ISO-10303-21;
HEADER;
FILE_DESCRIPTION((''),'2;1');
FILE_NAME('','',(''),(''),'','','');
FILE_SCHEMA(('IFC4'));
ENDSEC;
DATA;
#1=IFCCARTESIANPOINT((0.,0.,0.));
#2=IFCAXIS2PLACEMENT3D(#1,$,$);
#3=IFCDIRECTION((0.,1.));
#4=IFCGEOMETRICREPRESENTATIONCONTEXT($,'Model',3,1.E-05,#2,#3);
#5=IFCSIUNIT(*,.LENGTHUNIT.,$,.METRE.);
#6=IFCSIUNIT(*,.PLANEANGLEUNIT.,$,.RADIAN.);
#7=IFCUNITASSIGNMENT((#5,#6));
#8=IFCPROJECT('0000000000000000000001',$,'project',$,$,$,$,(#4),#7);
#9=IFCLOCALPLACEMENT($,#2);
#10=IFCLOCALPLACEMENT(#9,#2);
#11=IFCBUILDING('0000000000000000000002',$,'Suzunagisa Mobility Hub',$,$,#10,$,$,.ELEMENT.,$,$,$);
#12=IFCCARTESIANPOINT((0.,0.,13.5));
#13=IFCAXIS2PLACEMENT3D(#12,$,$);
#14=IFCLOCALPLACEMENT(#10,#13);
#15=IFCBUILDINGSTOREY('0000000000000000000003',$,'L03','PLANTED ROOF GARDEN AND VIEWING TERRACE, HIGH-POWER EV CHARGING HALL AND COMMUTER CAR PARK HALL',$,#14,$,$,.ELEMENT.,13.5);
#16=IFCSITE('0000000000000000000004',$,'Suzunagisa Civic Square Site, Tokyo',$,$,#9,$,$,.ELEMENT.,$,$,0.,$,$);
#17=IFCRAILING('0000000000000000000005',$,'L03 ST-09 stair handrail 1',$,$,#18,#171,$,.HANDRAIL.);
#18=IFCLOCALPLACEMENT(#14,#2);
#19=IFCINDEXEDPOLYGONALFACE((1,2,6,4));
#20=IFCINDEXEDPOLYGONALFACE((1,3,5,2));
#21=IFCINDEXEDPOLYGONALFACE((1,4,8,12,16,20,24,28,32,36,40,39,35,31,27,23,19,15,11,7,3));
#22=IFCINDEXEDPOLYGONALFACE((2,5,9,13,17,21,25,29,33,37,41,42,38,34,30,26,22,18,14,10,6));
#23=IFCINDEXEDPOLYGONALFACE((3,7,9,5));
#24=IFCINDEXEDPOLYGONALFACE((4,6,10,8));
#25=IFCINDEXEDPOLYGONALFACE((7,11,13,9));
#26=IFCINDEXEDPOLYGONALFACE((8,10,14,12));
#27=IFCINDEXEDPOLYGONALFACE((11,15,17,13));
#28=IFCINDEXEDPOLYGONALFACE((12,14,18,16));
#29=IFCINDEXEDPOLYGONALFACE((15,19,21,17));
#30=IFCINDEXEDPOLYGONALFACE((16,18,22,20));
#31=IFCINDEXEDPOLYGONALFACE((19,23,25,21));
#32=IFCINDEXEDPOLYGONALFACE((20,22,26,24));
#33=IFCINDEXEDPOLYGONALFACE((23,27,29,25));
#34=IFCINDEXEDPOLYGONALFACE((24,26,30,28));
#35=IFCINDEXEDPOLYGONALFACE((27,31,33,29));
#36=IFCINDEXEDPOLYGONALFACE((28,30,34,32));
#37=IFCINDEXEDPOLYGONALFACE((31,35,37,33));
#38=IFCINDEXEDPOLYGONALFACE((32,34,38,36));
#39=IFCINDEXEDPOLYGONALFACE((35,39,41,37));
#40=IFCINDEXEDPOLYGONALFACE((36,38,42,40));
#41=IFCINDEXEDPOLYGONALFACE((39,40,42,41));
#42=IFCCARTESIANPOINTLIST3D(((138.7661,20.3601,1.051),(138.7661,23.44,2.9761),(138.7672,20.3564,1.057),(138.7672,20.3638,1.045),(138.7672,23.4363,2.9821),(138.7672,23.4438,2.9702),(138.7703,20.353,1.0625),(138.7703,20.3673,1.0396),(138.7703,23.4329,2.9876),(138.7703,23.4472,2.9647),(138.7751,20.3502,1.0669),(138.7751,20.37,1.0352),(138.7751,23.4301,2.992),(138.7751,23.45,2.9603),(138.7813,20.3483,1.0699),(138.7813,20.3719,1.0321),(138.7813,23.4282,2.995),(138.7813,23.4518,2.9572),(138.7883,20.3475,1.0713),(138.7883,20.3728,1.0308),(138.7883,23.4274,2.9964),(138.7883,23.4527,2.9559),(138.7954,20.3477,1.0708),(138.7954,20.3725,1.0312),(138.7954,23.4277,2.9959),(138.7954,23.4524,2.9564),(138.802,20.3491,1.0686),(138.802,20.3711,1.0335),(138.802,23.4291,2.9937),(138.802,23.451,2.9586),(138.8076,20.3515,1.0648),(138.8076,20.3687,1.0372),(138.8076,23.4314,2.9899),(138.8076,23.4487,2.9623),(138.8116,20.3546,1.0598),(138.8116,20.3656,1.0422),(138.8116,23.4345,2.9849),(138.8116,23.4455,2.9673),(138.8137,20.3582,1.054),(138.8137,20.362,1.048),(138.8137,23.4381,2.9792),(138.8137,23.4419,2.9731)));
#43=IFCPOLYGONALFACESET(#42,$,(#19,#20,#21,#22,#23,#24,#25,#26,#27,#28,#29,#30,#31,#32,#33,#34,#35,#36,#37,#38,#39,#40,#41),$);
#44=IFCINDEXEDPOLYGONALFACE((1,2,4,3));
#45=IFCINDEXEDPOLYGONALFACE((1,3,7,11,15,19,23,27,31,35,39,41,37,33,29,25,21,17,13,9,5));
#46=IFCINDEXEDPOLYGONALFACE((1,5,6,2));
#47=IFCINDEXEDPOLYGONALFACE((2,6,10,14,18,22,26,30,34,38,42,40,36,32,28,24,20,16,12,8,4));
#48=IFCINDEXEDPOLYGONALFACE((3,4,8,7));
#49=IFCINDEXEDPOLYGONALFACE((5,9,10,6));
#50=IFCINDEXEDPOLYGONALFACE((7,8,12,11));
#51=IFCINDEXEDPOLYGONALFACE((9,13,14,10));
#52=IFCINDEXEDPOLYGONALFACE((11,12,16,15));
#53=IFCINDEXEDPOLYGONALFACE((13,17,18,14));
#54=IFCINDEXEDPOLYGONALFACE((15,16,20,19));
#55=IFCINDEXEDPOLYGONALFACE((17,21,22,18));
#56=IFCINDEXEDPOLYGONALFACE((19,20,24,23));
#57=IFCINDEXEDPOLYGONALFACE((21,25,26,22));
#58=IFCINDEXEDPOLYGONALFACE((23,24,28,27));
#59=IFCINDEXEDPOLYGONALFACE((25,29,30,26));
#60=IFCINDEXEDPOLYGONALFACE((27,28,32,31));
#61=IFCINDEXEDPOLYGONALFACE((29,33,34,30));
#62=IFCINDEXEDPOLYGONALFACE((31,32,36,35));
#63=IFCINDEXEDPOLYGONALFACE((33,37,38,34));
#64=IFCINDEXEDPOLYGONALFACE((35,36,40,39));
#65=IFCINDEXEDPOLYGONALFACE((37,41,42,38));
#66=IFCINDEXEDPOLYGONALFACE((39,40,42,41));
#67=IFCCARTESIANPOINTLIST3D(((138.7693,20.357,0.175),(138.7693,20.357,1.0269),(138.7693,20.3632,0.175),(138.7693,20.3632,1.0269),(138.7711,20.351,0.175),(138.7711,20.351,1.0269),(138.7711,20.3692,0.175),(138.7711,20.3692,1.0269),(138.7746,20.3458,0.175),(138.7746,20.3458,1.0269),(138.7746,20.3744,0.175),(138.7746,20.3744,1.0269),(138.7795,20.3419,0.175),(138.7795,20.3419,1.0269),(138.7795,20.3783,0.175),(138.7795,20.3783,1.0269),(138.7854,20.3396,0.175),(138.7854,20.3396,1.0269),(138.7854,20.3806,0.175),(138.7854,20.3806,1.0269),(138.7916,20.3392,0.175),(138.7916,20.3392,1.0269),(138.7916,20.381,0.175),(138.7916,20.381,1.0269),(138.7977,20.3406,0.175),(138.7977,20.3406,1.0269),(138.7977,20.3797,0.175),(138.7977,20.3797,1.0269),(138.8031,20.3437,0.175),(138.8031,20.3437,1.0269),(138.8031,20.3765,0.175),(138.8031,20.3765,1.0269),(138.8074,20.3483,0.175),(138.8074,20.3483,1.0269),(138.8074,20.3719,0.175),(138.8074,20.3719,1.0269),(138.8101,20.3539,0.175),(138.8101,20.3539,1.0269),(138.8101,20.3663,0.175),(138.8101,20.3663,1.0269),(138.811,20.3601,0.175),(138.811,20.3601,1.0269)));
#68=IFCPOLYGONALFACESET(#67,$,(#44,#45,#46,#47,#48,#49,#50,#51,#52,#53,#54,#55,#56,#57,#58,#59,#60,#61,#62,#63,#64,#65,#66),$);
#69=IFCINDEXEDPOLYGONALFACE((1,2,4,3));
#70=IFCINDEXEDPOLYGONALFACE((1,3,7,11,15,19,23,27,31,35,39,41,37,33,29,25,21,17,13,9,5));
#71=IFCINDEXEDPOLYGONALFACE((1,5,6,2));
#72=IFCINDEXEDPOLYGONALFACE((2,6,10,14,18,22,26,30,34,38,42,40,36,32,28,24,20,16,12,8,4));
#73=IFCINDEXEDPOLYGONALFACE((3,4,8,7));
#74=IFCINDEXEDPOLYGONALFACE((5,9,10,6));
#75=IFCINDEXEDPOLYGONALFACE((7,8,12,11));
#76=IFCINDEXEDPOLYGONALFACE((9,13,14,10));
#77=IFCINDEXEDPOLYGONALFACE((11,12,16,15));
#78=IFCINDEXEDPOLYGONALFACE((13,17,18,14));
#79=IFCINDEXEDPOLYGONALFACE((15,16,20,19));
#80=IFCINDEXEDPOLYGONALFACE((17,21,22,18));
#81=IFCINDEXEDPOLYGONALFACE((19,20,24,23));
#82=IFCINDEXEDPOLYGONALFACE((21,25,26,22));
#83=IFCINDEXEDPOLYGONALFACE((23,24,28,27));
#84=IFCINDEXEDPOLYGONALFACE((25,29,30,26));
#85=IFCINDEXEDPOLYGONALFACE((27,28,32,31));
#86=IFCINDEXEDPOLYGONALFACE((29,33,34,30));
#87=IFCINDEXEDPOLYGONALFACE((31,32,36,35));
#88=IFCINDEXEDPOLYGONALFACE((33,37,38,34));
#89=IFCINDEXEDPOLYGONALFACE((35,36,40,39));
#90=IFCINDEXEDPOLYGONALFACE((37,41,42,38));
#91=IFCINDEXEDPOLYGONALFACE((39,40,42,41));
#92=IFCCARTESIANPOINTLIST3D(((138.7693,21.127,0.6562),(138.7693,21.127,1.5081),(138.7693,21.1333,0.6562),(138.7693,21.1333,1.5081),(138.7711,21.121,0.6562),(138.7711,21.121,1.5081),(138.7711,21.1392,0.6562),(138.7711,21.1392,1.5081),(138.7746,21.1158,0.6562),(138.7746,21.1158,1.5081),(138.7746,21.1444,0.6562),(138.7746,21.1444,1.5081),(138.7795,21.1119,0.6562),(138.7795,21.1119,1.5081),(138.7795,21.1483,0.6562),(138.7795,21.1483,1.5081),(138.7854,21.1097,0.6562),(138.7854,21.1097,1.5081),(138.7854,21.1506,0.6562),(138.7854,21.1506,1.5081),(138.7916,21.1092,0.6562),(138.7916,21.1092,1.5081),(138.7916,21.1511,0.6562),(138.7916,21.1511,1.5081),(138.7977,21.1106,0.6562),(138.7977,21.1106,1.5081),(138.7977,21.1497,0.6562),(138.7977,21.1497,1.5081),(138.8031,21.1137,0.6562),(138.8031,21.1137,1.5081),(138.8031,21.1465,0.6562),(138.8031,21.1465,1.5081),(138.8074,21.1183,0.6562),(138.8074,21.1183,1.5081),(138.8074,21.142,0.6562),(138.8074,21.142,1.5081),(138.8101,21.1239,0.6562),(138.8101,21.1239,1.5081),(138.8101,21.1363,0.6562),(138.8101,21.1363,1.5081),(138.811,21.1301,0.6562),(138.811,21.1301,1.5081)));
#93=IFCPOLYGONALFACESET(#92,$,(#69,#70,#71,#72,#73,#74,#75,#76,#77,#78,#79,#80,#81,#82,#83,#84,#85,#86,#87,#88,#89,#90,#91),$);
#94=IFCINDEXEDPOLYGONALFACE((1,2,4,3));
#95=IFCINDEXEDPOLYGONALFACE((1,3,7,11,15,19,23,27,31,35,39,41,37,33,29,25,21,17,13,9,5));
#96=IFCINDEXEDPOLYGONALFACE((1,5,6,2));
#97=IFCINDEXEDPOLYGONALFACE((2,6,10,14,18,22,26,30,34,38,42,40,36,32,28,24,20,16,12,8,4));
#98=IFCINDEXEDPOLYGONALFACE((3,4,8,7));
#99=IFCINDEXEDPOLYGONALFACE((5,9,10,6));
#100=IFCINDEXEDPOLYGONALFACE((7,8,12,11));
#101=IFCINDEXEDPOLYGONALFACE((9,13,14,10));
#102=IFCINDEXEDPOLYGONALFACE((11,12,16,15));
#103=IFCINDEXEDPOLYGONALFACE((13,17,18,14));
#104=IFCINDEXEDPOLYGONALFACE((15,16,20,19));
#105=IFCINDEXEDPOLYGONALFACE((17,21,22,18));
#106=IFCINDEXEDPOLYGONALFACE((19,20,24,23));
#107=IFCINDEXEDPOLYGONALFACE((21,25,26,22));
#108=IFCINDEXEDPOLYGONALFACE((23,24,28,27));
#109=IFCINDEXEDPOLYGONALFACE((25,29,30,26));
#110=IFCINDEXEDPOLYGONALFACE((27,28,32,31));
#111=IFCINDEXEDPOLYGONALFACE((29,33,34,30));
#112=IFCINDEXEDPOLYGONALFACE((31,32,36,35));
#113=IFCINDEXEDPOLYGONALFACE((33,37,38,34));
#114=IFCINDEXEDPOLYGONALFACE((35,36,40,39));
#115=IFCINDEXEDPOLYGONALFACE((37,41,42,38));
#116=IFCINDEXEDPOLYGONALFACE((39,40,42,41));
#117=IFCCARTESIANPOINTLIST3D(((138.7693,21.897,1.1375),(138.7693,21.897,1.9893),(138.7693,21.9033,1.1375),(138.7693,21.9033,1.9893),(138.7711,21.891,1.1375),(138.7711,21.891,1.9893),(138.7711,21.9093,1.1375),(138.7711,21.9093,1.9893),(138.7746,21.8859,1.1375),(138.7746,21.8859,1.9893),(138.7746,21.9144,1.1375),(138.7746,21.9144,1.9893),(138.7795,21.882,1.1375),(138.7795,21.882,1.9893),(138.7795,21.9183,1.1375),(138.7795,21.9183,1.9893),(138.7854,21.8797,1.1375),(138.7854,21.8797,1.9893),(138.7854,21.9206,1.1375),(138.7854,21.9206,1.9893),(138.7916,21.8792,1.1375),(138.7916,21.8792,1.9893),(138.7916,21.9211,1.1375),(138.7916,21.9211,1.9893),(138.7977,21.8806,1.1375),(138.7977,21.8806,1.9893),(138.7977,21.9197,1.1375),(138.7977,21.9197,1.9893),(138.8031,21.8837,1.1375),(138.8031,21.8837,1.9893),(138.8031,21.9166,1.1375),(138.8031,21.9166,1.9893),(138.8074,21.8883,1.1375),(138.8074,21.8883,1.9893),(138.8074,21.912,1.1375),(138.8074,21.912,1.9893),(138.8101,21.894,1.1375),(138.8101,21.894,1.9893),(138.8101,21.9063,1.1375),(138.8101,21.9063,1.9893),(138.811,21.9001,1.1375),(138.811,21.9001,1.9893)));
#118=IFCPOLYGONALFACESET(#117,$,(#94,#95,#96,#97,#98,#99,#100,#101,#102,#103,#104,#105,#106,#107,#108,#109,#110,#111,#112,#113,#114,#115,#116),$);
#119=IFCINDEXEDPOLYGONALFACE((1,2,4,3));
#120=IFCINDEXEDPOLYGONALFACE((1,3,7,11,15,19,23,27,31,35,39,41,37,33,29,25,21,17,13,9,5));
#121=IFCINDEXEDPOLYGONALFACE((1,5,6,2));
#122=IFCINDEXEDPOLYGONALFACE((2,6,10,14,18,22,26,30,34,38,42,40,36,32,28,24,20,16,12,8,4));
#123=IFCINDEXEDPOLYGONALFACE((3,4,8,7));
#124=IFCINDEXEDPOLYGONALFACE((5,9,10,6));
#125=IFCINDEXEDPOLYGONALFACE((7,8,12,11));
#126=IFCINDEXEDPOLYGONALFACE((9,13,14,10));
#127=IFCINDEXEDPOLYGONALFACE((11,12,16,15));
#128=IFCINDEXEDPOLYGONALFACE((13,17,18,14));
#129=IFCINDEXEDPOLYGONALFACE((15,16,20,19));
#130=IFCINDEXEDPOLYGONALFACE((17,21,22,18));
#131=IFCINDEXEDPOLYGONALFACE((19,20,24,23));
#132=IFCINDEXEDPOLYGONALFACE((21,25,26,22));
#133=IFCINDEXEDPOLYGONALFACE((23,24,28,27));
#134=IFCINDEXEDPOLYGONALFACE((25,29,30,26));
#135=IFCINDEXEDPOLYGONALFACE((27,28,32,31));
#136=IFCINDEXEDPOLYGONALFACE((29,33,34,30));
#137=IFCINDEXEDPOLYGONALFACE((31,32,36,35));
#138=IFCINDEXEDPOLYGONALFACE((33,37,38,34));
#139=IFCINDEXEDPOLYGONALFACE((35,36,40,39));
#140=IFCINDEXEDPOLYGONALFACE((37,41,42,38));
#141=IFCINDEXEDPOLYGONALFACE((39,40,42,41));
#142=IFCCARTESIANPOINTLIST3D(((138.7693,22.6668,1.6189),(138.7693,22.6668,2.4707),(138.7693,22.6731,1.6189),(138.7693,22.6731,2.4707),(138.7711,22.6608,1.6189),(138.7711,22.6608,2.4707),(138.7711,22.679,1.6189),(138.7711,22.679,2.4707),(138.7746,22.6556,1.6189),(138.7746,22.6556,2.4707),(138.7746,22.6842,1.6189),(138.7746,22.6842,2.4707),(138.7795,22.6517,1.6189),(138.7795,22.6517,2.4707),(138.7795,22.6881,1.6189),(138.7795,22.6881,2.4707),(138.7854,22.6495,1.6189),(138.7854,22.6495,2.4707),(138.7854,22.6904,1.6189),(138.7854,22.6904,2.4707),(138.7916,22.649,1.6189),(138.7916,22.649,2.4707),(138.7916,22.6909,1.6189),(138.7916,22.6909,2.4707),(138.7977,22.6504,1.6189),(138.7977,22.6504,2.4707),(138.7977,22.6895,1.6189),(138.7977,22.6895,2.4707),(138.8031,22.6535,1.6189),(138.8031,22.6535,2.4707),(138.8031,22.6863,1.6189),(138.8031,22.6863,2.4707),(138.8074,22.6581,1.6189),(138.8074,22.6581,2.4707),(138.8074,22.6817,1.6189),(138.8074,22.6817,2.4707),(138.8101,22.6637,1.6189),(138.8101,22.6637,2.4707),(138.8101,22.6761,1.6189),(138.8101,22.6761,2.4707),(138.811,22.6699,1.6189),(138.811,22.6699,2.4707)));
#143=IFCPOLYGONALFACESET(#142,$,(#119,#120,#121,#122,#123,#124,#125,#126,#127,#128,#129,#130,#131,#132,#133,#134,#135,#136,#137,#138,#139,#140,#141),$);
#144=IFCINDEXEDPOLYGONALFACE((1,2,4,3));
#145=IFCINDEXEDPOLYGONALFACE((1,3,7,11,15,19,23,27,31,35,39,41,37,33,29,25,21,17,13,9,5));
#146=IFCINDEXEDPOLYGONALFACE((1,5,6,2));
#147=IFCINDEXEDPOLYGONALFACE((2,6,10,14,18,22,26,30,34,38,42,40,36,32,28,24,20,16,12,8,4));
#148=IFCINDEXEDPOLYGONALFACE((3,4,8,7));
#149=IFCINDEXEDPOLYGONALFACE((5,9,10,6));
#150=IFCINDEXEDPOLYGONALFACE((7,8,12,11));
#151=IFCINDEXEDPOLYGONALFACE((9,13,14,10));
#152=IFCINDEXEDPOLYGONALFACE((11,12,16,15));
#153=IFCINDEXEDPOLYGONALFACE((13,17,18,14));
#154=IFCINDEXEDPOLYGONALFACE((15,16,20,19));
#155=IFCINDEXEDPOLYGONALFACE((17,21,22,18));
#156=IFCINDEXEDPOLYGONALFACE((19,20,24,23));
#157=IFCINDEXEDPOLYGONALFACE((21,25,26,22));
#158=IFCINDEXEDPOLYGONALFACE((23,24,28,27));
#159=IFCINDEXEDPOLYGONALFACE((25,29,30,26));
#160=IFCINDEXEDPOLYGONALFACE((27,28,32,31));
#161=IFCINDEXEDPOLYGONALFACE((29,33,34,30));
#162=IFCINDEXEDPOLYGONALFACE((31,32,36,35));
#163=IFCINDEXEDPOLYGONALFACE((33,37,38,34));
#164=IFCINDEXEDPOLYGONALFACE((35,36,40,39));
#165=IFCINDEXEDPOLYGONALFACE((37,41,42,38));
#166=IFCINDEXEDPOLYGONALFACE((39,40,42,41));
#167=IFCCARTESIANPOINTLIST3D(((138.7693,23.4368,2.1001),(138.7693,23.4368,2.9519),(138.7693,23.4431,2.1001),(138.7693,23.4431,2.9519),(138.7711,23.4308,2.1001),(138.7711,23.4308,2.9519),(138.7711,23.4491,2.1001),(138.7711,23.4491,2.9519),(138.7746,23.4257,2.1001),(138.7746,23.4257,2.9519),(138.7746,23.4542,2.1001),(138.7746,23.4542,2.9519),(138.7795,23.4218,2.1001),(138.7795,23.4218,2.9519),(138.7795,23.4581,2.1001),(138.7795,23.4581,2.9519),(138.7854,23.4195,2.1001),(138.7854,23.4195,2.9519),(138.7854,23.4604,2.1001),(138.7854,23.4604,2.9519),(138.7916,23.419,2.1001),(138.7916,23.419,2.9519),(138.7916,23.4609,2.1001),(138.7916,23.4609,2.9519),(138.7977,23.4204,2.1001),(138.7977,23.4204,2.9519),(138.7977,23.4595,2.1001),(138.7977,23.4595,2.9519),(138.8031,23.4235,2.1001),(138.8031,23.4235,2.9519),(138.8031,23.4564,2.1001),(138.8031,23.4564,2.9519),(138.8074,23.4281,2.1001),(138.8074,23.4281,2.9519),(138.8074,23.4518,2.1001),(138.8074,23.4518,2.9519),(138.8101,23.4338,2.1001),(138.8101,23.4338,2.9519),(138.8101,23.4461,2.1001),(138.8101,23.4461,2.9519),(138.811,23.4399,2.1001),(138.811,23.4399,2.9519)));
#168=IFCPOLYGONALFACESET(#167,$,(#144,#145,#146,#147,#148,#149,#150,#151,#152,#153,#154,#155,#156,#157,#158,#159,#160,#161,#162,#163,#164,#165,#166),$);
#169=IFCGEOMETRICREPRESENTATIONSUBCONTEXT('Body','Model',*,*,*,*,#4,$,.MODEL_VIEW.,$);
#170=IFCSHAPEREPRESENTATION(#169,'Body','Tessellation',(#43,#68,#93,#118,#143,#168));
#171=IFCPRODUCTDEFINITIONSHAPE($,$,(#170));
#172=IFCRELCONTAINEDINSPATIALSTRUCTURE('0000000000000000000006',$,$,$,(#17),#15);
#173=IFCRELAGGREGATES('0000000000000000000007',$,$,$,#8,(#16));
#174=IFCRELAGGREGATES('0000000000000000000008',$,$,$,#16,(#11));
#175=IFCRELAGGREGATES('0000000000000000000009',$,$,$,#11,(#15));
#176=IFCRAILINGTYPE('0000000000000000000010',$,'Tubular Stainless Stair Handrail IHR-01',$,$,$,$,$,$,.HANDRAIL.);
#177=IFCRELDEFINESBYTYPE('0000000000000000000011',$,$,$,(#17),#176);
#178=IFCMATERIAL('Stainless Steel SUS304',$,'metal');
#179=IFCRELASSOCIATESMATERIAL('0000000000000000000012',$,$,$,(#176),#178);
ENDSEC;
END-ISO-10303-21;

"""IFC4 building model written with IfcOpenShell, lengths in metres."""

from ifc_helpers import new_model, si_unit, direction, frame, origin, origin_2d, place, context, subcontext, project, spatial, circle, extrude, material, type_object, element, save


model = new_model("IFC4")

# Units and contexts
model_context = context("Model", 3, precision=1e-05, world=origin(), true_north=direction((0.0, 1.0)))
body_context = subcontext(model_context, "Body", "Model", "MODEL_VIEW")
ifc_project = project(units=[si_unit("LENGTHUNIT", "METRE"), si_unit("PLANEANGLEUNIT", "RADIAN")], contexts=[model_context])

# Site, building, storey
site_placement = place(None, origin())
site = spatial("IfcSite", under=ifc_project, at=site_placement, Name="Suzunagisa Civic Square Site, Tokyo", CompositionType="ELEMENT", RefElevation=0.0)
building_placement = place(site_placement, origin())
building = spatial("IfcBuilding", under=site, at=building_placement, Name="Suzunagisa Mobility Hub", CompositionType="ELEMENT")
storey_placement = place(building_placement, frame((0.0, 0.0, 13.5)))
storey = spatial("IfcBuildingStorey", under=building, at=storey_placement, Name="L03", Description="PLANTED ROOF GARDEN AND VIEWING TERRACE, HIGH-POWER EV CHARGING HALL AND COMMUTER CAR PARK HALL", CompositionType="ELEMENT", Elevation=13.5)

# Railing
ifc_material_1 = material(Name="Stainless Steel SUS304", Category="metal")
railing_type_1 = type_object("IfcRailingType", Name="Tubular Stainless Stair Handrail IHR-01", PredefinedType="HANDRAIL", material=ifc_material_1)
railing_1_placement = place(storey_placement, frame((138.79, 20.3601, 0.175)))
element("IfcRailing", 1, at=railing_1_placement, inside=storey, type_object=railing_type_1, Name="L03 ST-09 stair handrail 1", PredefinedType="HANDRAIL", context=body_context, shape_type="SweptSolid", body=[
    extrude(circle(Radius=0.0239, at=origin_2d()), frame((0.0, 0.0, 0.876), z_axis=(0.0, 0.847979, 0.530029), x_axis=(-1.0, 0.0, 0.0)), (0.0, 0.0, 1.0), 3.6321),
    extrude(circle(Radius=0.021, at=origin_2d()), origin(), (0.0, 0.0, 1.0), 0.8518),
    extrude(circle(Radius=0.021, at=origin_2d()), frame((0.0, 0.77, 0.4812)), (0.0, 0.0, 1.0), 0.8518),
    extrude(circle(Radius=0.021, at=origin_2d()), frame((0.0, 1.54, 0.9624)), (0.0, 0.0, 1.0), 0.8518),
    extrude(circle(Radius=0.021, at=origin_2d()), frame((0.0, 2.3098, 1.4438)), (0.0, 0.0, 1.0), 0.8518),
    extrude(circle(Radius=0.021, at=origin_2d()), frame((0.0, 3.0798, 1.925)), (0.0, 0.0, 1.0), 0.8518),
])

save(model, "model.ifc")
